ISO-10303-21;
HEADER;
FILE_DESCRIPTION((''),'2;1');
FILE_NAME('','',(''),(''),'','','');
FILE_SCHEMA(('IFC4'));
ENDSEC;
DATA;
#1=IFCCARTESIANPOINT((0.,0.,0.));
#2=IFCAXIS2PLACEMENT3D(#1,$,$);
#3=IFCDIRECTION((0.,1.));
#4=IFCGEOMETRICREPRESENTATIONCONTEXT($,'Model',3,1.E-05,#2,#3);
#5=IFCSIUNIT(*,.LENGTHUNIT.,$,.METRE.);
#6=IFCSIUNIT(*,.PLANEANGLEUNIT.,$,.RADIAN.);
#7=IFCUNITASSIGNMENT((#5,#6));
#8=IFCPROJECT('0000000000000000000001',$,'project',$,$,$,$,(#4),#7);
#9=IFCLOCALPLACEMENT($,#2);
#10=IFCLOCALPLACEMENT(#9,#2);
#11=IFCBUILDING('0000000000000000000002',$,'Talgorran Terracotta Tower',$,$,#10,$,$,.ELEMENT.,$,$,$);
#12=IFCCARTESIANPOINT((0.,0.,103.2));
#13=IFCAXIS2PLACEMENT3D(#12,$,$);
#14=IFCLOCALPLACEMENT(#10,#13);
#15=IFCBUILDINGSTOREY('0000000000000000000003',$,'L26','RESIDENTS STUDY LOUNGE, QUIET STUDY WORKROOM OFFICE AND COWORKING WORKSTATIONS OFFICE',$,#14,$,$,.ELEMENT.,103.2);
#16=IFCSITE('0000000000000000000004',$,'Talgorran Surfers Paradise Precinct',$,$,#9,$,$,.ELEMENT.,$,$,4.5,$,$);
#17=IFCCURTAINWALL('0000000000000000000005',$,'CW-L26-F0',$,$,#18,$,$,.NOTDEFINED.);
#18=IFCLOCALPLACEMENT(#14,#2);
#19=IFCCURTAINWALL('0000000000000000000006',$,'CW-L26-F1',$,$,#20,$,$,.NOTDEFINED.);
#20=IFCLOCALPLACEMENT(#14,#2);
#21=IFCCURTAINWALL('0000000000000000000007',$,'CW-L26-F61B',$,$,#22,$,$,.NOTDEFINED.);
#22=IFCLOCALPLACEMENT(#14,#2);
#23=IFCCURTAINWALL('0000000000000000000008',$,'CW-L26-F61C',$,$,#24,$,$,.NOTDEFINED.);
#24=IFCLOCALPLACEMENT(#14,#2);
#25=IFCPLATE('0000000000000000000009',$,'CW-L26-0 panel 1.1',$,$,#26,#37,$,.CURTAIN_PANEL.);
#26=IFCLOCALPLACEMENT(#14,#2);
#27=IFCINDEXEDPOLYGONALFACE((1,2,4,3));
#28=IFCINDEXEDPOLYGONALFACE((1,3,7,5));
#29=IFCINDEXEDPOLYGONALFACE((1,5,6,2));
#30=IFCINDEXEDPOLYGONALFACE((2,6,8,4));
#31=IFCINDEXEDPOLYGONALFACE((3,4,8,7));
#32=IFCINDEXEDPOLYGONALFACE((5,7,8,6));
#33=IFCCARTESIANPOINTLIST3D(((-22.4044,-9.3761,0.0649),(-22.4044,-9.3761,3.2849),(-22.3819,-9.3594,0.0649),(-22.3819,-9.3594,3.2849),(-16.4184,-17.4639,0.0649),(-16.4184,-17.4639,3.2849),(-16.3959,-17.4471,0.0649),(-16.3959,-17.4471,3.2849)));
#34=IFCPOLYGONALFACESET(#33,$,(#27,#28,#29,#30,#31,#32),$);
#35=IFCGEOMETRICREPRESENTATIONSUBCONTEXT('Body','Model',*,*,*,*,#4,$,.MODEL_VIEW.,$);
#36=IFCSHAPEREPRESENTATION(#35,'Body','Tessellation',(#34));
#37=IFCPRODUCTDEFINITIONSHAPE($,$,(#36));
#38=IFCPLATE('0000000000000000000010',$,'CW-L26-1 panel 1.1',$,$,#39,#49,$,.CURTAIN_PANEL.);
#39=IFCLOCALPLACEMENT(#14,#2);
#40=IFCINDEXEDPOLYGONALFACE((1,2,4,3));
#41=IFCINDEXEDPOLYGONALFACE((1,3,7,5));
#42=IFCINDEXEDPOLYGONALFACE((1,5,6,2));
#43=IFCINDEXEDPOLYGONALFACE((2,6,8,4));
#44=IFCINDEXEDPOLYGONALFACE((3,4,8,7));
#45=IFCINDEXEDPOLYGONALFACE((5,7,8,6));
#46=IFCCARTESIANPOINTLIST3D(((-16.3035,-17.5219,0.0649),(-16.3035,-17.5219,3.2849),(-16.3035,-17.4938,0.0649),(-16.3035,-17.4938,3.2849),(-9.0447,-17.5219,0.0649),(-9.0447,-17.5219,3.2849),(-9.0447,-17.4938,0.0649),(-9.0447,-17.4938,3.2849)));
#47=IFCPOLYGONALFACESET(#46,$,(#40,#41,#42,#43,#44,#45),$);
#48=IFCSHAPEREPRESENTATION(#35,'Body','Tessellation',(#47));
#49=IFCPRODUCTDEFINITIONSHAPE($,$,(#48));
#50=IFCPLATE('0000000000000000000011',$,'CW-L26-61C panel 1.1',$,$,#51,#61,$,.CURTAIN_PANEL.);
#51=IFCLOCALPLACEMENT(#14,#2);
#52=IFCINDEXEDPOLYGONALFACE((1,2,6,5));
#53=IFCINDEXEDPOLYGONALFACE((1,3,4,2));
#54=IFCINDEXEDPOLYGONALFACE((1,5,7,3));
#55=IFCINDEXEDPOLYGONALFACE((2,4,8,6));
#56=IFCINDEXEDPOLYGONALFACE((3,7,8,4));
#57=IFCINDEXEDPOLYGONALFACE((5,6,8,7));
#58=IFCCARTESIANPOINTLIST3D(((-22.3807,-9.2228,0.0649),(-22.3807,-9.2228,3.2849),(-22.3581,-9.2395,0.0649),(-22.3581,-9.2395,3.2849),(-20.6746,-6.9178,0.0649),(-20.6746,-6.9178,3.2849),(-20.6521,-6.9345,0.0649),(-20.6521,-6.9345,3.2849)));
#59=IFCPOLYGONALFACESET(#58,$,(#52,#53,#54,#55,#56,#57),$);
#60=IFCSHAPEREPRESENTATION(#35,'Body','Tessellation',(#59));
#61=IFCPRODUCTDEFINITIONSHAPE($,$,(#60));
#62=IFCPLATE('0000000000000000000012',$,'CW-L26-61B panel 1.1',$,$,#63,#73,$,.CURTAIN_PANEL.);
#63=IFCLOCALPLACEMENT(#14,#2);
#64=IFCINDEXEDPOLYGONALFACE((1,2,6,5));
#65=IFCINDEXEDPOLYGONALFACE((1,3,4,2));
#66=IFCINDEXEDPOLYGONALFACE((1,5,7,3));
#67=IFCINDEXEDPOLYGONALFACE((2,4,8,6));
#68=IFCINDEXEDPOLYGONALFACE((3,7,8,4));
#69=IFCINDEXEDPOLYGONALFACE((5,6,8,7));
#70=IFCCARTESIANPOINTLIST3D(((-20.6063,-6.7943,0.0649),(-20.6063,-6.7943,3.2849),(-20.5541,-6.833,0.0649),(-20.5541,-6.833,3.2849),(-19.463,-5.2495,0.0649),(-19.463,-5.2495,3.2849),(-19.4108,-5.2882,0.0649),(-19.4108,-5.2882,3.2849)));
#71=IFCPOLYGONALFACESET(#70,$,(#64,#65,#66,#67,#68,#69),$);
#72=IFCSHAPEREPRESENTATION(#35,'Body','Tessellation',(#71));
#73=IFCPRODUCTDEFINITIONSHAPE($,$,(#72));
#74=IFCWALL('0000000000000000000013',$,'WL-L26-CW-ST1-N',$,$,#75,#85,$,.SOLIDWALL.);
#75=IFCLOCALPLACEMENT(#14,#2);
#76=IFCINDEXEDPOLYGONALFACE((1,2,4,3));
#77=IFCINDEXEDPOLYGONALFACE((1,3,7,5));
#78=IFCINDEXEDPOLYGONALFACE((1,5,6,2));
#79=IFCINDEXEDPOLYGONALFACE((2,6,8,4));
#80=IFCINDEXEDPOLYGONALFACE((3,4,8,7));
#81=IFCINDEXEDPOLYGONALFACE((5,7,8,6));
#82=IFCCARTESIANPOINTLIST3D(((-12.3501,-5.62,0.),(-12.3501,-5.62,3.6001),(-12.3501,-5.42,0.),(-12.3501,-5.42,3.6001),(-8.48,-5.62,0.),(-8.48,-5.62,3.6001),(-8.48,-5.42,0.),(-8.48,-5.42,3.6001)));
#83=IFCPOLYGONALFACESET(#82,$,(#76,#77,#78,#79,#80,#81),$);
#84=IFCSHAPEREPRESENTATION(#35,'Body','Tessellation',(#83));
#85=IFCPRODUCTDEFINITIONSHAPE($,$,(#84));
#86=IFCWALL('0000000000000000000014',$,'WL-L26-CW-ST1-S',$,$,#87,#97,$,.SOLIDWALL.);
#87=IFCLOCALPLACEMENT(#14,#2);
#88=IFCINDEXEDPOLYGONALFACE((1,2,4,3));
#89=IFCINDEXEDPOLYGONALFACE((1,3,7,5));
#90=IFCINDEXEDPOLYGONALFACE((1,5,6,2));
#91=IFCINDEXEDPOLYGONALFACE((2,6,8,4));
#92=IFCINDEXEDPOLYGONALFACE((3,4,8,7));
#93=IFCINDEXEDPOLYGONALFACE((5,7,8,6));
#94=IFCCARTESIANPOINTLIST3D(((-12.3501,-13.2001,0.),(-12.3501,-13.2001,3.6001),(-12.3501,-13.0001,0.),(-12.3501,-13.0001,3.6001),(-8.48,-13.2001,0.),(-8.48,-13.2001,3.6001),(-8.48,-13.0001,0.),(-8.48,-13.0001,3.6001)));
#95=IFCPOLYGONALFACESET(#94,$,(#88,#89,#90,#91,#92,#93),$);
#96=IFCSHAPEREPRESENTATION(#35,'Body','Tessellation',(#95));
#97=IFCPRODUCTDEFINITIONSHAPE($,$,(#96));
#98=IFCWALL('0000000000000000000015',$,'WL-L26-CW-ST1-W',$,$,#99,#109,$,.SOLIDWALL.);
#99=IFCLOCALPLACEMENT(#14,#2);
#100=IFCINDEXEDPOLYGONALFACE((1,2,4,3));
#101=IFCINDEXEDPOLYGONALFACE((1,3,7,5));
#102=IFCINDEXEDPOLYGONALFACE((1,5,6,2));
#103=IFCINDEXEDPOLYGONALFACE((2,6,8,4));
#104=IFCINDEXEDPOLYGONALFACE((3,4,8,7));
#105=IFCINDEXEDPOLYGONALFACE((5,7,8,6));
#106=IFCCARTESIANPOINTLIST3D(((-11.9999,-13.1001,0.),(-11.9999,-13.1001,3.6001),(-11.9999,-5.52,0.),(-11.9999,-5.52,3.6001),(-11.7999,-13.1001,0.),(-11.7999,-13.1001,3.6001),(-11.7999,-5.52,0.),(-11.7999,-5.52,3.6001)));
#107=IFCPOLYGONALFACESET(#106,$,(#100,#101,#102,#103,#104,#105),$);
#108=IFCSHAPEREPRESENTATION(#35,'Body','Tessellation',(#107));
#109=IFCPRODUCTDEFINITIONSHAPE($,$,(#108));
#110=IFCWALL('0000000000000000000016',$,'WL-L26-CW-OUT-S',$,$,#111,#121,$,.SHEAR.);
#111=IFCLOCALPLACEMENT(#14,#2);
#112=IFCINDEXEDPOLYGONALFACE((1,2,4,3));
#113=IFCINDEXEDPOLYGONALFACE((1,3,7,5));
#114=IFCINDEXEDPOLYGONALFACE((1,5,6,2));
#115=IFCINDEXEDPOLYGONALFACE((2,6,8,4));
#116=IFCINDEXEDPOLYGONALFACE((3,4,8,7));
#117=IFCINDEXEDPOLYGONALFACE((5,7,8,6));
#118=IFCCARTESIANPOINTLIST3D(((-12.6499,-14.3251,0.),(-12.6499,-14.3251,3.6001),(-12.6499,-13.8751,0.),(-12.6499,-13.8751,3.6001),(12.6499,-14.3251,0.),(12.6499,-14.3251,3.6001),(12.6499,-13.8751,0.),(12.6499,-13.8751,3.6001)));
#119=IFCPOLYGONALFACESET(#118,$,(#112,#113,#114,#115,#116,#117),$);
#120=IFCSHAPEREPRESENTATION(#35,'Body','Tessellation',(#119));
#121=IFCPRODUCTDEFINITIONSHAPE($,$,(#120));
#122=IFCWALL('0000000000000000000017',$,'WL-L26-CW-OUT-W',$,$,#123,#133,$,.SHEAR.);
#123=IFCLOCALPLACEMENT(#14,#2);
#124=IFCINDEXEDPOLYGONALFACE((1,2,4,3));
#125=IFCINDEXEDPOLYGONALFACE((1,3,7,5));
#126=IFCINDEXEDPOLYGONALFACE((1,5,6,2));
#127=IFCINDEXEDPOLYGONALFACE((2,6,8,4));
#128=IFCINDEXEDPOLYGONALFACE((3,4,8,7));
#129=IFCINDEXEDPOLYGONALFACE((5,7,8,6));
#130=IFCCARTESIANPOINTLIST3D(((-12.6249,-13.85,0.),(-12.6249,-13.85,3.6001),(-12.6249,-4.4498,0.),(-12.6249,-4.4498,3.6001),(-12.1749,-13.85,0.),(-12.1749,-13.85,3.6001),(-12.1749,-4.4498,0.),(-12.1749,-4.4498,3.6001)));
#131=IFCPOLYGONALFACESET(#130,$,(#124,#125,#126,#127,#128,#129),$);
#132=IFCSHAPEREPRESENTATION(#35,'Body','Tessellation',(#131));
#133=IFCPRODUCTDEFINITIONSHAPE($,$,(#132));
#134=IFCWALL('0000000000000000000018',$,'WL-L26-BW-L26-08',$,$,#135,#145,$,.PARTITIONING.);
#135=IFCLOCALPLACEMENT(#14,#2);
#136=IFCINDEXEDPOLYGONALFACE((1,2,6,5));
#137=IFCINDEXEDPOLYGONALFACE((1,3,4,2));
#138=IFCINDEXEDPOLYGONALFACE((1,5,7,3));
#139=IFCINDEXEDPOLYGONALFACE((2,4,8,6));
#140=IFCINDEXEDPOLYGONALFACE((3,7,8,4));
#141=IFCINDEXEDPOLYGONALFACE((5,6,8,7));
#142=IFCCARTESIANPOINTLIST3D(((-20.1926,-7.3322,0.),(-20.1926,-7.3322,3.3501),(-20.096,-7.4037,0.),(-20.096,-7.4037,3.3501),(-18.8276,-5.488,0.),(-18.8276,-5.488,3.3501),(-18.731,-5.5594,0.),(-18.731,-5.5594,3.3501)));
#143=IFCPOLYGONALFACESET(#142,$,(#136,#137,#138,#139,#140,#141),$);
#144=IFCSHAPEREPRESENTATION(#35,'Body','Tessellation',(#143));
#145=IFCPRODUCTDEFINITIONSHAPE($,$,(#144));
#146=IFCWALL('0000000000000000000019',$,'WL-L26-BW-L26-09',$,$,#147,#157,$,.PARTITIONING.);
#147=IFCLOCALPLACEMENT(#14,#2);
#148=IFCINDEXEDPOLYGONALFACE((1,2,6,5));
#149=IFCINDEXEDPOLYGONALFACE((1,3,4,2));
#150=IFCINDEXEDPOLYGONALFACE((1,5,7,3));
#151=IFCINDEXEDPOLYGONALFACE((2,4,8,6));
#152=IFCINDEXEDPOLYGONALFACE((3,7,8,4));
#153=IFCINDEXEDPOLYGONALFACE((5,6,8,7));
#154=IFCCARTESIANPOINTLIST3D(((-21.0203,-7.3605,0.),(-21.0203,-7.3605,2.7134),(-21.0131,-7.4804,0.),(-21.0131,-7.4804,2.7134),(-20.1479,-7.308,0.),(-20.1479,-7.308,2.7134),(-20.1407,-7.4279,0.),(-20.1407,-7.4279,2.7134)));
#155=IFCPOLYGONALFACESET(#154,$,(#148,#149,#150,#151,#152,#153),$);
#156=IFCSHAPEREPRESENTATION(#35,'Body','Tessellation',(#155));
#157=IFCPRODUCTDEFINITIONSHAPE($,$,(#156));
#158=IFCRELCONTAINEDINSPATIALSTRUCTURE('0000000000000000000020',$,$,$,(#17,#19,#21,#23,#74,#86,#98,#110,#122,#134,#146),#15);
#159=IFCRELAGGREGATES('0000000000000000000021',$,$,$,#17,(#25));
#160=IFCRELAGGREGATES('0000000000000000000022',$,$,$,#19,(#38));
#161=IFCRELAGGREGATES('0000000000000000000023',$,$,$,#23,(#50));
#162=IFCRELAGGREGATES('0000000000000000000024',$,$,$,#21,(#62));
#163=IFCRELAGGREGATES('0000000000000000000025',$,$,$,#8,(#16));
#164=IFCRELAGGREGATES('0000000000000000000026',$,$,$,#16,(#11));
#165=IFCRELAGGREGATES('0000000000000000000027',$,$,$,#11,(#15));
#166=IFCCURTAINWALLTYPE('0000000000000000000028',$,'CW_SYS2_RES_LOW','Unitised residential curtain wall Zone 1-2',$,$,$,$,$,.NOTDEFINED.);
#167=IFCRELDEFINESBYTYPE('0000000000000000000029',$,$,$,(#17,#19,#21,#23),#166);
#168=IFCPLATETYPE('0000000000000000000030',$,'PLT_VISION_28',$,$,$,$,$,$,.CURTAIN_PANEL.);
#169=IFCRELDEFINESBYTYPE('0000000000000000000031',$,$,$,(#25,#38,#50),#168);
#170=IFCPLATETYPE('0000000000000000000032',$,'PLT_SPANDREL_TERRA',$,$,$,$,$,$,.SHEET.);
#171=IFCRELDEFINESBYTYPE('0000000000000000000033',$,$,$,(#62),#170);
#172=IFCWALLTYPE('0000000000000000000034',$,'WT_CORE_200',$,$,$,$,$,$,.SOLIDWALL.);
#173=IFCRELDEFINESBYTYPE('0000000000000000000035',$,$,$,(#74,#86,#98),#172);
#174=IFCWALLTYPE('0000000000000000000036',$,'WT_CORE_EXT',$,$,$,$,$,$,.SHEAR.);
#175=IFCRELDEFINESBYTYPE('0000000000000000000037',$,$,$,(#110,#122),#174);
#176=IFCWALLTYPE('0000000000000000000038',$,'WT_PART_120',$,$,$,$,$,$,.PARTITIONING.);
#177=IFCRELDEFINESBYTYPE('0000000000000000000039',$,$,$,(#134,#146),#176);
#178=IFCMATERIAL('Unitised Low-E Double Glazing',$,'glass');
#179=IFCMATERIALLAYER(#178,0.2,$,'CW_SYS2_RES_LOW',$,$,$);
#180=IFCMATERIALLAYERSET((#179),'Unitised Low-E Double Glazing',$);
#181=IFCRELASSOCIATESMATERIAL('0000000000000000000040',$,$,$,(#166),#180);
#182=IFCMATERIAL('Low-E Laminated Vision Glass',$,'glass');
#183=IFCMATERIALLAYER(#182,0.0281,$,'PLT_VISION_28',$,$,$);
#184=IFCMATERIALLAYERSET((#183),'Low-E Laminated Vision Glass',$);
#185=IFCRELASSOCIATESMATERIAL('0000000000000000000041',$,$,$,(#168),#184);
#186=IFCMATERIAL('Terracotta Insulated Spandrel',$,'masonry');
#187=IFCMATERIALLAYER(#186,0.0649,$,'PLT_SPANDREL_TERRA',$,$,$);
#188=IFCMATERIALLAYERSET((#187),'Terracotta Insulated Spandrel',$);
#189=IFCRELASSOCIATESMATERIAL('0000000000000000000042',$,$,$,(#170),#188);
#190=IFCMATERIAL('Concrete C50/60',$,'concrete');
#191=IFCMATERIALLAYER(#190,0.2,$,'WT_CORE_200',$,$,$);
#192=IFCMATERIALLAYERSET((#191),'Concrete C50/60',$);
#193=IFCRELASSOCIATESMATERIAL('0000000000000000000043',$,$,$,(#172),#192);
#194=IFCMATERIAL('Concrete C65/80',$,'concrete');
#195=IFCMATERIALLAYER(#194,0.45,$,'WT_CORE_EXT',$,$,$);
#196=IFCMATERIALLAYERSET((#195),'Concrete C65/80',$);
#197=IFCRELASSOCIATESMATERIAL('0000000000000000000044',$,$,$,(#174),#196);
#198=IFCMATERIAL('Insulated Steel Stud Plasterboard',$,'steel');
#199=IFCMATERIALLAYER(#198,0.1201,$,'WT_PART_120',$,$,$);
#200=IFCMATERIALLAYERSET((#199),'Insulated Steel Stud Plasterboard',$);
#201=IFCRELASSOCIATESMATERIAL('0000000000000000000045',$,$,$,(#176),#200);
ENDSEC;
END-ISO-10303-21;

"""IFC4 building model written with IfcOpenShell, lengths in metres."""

from ifc_helpers import new_model, si_unit, direction, frame, frame_2d, origin, origin_2d, place, context, subcontext, project, spatial, rectangle, extrude, source, transform, mapped, material, layer, layer_set, type_object, type_shapes, element, aggregate, save


model = new_model("IFC4")

# Units and contexts
model_context = context("Model", 3, precision=1e-05, world=origin(), true_north=direction((0.0, 1.0)))
body_context = subcontext(model_context, "Body", "Model", "MODEL_VIEW")
ifc_project = project(units=[si_unit("LENGTHUNIT", "METRE"), si_unit("PLANEANGLEUNIT", "RADIAN")], contexts=[model_context])

# Site, building, storey
site_placement = place(None, origin())
site = spatial("IfcSite", under=ifc_project, at=site_placement, Name="Talgorran Surfers Paradise Precinct", CompositionType="ELEMENT", RefElevation=4.5)
building_placement = place(site_placement, origin())
building = spatial("IfcBuilding", under=site, at=building_placement, Name="Talgorran Terracotta Tower", CompositionType="ELEMENT")
storey_placement = place(building_placement, frame((0.0, 0.0, 103.2)))
storey = spatial("IfcBuildingStorey", under=building, at=storey_placement, Name="L26", Description="RESIDENTS STUDY LOUNGE, QUIET STUDY WORKROOM OFFICE AND COWORKING WORKSTATIONS OFFICE", CompositionType="ELEMENT", Elevation=103.2)

# Curtain wall
ifc_material_1 = material(Name="Unitised Low-E Double Glazing", Category="glass")
ifc_layer_1 = layer(ifc_material_1, 0.2, Name="CW_SYS2_RES_LOW")
ifc_layer_set_1 = layer_set([ifc_layer_1], Name="Unitised Low-E Double Glazing")
curtain_wall_type = type_object("IfcCurtainWallType", Name="CW_SYS2_RES_LOW", Description="Unitised residential curtain wall Zone 1-2", PredefinedType="NOTDEFINED", material=ifc_layer_set_1)
curtain_wall_1_placement = place(storey_placement, origin())
curtain_wall_1 = element("IfcCurtainWall", 1, at=curtain_wall_1_placement, inside=storey, type_object=curtain_wall_type, Name="CW-L26-F0", PredefinedType="NOTDEFINED")

# Curtain wall
curtain_wall_2_placement = place(storey_placement, origin())
curtain_wall_2 = element("IfcCurtainWall", 2, at=curtain_wall_2_placement, inside=storey, type_object=curtain_wall_type, Name="CW-L26-F1", PredefinedType="NOTDEFINED")

# Curtain walls
curtain_wall_3_placement = place(storey_placement, origin())
curtain_wall_3 = element("IfcCurtainWall", 3, at=curtain_wall_3_placement, inside=storey, type_object=curtain_wall_type, Name="CW-L26-F61B", PredefinedType="NOTDEFINED")
curtain_wall_4_placement = place(storey_placement, origin())
curtain_wall_4 = element("IfcCurtainWall", 4, at=curtain_wall_4_placement, inside=storey, type_object=curtain_wall_type, Name="CW-L26-F61C", PredefinedType="NOTDEFINED")

# Plates
ifc_material_2 = material(Name="Low-E Laminated Vision Glass", Category="glass")
ifc_layer_2 = layer(ifc_material_2, 0.0281, Name="PLT_VISION_28")
ifc_layer_set_2 = layer_set([ifc_layer_2], Name="Low-E Laminated Vision Glass")
plate_type_1 = type_object("IfcPlateType", Name="PLT_VISION_28", PredefinedType="CURTAIN_PANEL", material=ifc_layer_set_2)
shared_shape_1 = source(origin(), body_context, "Body", "SweptSolid", [
    extrude(rectangle(XDim=10.062, YDim=0.0281, at=origin_2d()), origin(), (0.0, 0.0, 1.0), 3.22),
])
plate_1_placement = place(storey_placement, frame((-19.4001, -13.4116, 0.0649), z_axis=(0.0, 0.0, 1.0), x_axis=(0.594911, -0.803792, 0.0)))
plate_1 = element("IfcPlate", 5, at=plate_1_placement, type_object=plate_type_1, Name="CW-L26-0 panel 1.1", PredefinedType="CURTAIN_PANEL", context=body_context, shape_type="MappedRepresentation", body=[
    mapped(shared_shape_1, transform((0.0, 0.0, 0.0), scale=1.0)),
])
aggregate(curtain_wall_1, [plate_1])
shared_shape_2 = source(origin(), body_context, "Body", "SweptSolid", [
    extrude(rectangle(XDim=7.2588, YDim=0.0281, at=origin_2d()), origin(), (0.0, 0.0, 1.0), 3.22),
])
plate_2_placement = place(storey_placement, frame((-12.6741, -17.5078, 0.0649), z_axis=(0.0, 0.0, 1.0), x_axis=(1.0, 0.0, 0.0)))
plate_2 = element("IfcPlate", 6, at=plate_2_placement, type_object=plate_type_1, Name="CW-L26-1 panel 1.1", PredefinedType="CURTAIN_PANEL", context=body_context, shape_type="MappedRepresentation", body=[
    mapped(shared_shape_2, transform((0.0, 0.0, 0.0), scale=1.0)),
])
aggregate(curtain_wall_2, [plate_2])
shared_shape_3 = source(origin(), body_context, "Body", "SweptSolid", [
    extrude(rectangle(XDim=2.8677, YDim=0.0281, at=origin_2d()), origin(), (0.0, 0.0, 1.0), 3.22),
])
type_shapes(plate_type_1, [shared_shape_1, shared_shape_2, shared_shape_3])
plate_3_placement = place(storey_placement, frame((-21.5164, -8.0786, 0.0649), z_axis=(0.0, 0.0, 1.0), x_axis=(-0.594923, -0.803783, 0.0)))
plate_3 = element("IfcPlate", 7, at=plate_3_placement, type_object=plate_type_1, Name="CW-L26-61C panel 1.1", PredefinedType="CURTAIN_PANEL", context=body_context, shape_type="MappedRepresentation", body=[
    mapped(shared_shape_3, transform((0.0, 0.0, 0.0), scale=1.0)),
])
aggregate(curtain_wall_4, [plate_3])
ifc_material_3 = material(Name="Terracotta Insulated Spandrel", Category="masonry")
ifc_layer_3 = layer(ifc_material_3, 0.0649, Name="PLT_SPANDREL_TERRA")
ifc_layer_set_3 = layer_set([ifc_layer_3], Name="Terracotta Insulated Spandrel")
plate_type_2 = type_object("IfcPlateType", Name="PLT_SPANDREL_TERRA", PredefinedType="SHEET", material=ifc_layer_set_3)
shared_shape_4 = source(origin(), body_context, "Body", "SweptSolid", [
    extrude(rectangle(XDim=1.9219, YDim=0.0649, at=origin_2d()), origin(), (0.0, 0.0, 1.0), 3.22),
])
type_shapes(plate_type_2, [shared_shape_4])
plate_4_placement = place(storey_placement, frame((-20.0085, -6.0413, 0.0649), z_axis=(0.0, 0.0, 1.0), x_axis=(-0.594912, -0.803791, 0.0)))
plate_4 = element("IfcPlate", 8, at=plate_4_placement, type_object=plate_type_2, Name="CW-L26-61B panel 1.1", PredefinedType="CURTAIN_PANEL", context=body_context, shape_type="MappedRepresentation", body=[
    mapped(shared_shape_4, transform((0.0, 0.0, 0.0), scale=1.0)),
])
aggregate(curtain_wall_3, [plate_4])

# Walls
ifc_material_4 = material(Name="Concrete C50/60", Category="concrete")
ifc_layer_4 = layer(ifc_material_4, 0.2, Name="WT_CORE_200")
ifc_layer_set_4 = layer_set([ifc_layer_4], Name="Concrete C50/60")
wall_type_1 = type_object("IfcWallType", Name="WT_CORE_200", PredefinedType="SOLIDWALL", material=ifc_layer_set_4)
for number, where, z_axis, x_axis, name in (
    (9, (-12.3501, -5.52, 0.0), (0.0, 0.0, 1.0), (1.0, 0.0, 0.0), "WL-L26-CW-ST1-N"),
    (10, (-12.3501, -13.1001, 0.0), (0.0, 0.0, 1.0), (1.0, 0.0, 0.0), "WL-L26-CW-ST1-S"),
):
    element("IfcWall", number, at=place(storey_placement, frame(where, z_axis=z_axis, x_axis=x_axis)), inside=storey, type_object=wall_type_1, Name=name, PredefinedType="SOLIDWALL", context=body_context, shape_type="SweptSolid", body=[
        extrude(rectangle(XDim=3.8701, YDim=0.2, at=frame_2d((1.9351, 0.0))), origin(), (0.0, 0.0, 1.0), 3.6001),
    ])
wall_1_placement = place(storey_placement, frame((-11.8999, -13.1001, 0.0), z_axis=(0.0, 0.0, 1.0), x_axis=(0.0, 1.0, 0.0)))
element("IfcWall", 11, at=wall_1_placement, inside=storey, type_object=wall_type_1, Name="WL-L26-CW-ST1-W", PredefinedType="SOLIDWALL", context=body_context, shape_type="SweptSolid", body=[
    extrude(rectangle(XDim=7.5801, YDim=0.2, at=frame_2d((3.79, 0.0))), origin(), (0.0, 0.0, 1.0), 3.6001),
])
ifc_material_5 = material(Name="Concrete C65/80", Category="concrete")
ifc_layer_5 = layer(ifc_material_5, 0.45, Name="WT_CORE_EXT")
ifc_layer_set_5 = layer_set([ifc_layer_5], Name="Concrete C65/80")
wall_type_2 = type_object("IfcWallType", Name="WT_CORE_EXT", PredefinedType="SHEAR", material=ifc_layer_set_5)
wall_2_placement = place(storey_placement, frame((-12.6499, -14.1001, 0.0), z_axis=(0.0, 0.0, 1.0), x_axis=(1.0, 0.0, 0.0)))
element("IfcWall", 12, at=wall_2_placement, inside=storey, type_object=wall_type_2, Name="WL-L26-CW-OUT-S", PredefinedType="SHEAR", context=body_context, shape_type="SweptSolid", body=[
    extrude(rectangle(XDim=25.2998, YDim=0.45, at=frame_2d((12.6499, 0.0))), origin(), (0.0, 0.0, 1.0), 3.6001),
])
wall_3_placement = place(storey_placement, frame((-12.3999, -13.8501, 0.0), z_axis=(0.0, 0.0, 1.0), x_axis=(0.0, 1.0, 0.0)))
element("IfcWall", 13, at=wall_3_placement, inside=storey, type_object=wall_type_2, Name="WL-L26-CW-OUT-W", PredefinedType="SHEAR", context=body_context, shape_type="SweptSolid", body=[
    extrude(rectangle(XDim=9.4001, YDim=0.45, at=frame_2d((4.7002, 0.0))), origin(), (0.0, 0.0, 1.0), 3.6001),
])
ifc_material_6 = material(Name="Insulated Steel Stud Plasterboard", Category="steel")
ifc_layer_6 = layer(ifc_material_6, 0.1201, Name="WT_PART_120")
ifc_layer_set_6 = layer_set([ifc_layer_6], Name="Insulated Steel Stud Plasterboard")
wall_type_3 = type_object("IfcWallType", Name="WT_PART_120", PredefinedType="PARTITIONING", material=ifc_layer_set_6)
wall_4_placement = place(storey_placement, frame((-18.7793, -5.5237, 0.0), z_axis=(0.0, 0.0, 1.0), x_axis=(-0.594915, -0.803789, 0.0)))
element("IfcWall", 14, at=wall_4_placement, inside=storey, type_object=wall_type_3, Name="WL-L26-BW-L26-08", PredefinedType="PARTITIONING", context=body_context, shape_type="SweptSolid", body=[
    extrude(rectangle(XDim=2.2944, YDim=0.1201, at=frame_2d((1.1472, 0.0))), origin(), (0.0, 0.0, 1.0), 3.3501),
])
wall_5_placement = place(storey_placement, frame((-20.1443, -7.3679, 0.0), z_axis=(0.0, 0.0, 1.0), x_axis=(-0.998195, -0.060048, 0.0)))
element("IfcWall", 15, at=wall_5_placement, inside=storey, type_object=wall_type_3, Name="WL-L26-BW-L26-09", PredefinedType="PARTITIONING", context=body_context, shape_type="SweptSolid", body=[
    extrude(rectangle(XDim=0.874, YDim=0.1201, at=frame_2d((0.437, 0.0))), origin(), (0.0, 0.0, 1.0), 2.7134),
])

save(model, "model.ifc")
